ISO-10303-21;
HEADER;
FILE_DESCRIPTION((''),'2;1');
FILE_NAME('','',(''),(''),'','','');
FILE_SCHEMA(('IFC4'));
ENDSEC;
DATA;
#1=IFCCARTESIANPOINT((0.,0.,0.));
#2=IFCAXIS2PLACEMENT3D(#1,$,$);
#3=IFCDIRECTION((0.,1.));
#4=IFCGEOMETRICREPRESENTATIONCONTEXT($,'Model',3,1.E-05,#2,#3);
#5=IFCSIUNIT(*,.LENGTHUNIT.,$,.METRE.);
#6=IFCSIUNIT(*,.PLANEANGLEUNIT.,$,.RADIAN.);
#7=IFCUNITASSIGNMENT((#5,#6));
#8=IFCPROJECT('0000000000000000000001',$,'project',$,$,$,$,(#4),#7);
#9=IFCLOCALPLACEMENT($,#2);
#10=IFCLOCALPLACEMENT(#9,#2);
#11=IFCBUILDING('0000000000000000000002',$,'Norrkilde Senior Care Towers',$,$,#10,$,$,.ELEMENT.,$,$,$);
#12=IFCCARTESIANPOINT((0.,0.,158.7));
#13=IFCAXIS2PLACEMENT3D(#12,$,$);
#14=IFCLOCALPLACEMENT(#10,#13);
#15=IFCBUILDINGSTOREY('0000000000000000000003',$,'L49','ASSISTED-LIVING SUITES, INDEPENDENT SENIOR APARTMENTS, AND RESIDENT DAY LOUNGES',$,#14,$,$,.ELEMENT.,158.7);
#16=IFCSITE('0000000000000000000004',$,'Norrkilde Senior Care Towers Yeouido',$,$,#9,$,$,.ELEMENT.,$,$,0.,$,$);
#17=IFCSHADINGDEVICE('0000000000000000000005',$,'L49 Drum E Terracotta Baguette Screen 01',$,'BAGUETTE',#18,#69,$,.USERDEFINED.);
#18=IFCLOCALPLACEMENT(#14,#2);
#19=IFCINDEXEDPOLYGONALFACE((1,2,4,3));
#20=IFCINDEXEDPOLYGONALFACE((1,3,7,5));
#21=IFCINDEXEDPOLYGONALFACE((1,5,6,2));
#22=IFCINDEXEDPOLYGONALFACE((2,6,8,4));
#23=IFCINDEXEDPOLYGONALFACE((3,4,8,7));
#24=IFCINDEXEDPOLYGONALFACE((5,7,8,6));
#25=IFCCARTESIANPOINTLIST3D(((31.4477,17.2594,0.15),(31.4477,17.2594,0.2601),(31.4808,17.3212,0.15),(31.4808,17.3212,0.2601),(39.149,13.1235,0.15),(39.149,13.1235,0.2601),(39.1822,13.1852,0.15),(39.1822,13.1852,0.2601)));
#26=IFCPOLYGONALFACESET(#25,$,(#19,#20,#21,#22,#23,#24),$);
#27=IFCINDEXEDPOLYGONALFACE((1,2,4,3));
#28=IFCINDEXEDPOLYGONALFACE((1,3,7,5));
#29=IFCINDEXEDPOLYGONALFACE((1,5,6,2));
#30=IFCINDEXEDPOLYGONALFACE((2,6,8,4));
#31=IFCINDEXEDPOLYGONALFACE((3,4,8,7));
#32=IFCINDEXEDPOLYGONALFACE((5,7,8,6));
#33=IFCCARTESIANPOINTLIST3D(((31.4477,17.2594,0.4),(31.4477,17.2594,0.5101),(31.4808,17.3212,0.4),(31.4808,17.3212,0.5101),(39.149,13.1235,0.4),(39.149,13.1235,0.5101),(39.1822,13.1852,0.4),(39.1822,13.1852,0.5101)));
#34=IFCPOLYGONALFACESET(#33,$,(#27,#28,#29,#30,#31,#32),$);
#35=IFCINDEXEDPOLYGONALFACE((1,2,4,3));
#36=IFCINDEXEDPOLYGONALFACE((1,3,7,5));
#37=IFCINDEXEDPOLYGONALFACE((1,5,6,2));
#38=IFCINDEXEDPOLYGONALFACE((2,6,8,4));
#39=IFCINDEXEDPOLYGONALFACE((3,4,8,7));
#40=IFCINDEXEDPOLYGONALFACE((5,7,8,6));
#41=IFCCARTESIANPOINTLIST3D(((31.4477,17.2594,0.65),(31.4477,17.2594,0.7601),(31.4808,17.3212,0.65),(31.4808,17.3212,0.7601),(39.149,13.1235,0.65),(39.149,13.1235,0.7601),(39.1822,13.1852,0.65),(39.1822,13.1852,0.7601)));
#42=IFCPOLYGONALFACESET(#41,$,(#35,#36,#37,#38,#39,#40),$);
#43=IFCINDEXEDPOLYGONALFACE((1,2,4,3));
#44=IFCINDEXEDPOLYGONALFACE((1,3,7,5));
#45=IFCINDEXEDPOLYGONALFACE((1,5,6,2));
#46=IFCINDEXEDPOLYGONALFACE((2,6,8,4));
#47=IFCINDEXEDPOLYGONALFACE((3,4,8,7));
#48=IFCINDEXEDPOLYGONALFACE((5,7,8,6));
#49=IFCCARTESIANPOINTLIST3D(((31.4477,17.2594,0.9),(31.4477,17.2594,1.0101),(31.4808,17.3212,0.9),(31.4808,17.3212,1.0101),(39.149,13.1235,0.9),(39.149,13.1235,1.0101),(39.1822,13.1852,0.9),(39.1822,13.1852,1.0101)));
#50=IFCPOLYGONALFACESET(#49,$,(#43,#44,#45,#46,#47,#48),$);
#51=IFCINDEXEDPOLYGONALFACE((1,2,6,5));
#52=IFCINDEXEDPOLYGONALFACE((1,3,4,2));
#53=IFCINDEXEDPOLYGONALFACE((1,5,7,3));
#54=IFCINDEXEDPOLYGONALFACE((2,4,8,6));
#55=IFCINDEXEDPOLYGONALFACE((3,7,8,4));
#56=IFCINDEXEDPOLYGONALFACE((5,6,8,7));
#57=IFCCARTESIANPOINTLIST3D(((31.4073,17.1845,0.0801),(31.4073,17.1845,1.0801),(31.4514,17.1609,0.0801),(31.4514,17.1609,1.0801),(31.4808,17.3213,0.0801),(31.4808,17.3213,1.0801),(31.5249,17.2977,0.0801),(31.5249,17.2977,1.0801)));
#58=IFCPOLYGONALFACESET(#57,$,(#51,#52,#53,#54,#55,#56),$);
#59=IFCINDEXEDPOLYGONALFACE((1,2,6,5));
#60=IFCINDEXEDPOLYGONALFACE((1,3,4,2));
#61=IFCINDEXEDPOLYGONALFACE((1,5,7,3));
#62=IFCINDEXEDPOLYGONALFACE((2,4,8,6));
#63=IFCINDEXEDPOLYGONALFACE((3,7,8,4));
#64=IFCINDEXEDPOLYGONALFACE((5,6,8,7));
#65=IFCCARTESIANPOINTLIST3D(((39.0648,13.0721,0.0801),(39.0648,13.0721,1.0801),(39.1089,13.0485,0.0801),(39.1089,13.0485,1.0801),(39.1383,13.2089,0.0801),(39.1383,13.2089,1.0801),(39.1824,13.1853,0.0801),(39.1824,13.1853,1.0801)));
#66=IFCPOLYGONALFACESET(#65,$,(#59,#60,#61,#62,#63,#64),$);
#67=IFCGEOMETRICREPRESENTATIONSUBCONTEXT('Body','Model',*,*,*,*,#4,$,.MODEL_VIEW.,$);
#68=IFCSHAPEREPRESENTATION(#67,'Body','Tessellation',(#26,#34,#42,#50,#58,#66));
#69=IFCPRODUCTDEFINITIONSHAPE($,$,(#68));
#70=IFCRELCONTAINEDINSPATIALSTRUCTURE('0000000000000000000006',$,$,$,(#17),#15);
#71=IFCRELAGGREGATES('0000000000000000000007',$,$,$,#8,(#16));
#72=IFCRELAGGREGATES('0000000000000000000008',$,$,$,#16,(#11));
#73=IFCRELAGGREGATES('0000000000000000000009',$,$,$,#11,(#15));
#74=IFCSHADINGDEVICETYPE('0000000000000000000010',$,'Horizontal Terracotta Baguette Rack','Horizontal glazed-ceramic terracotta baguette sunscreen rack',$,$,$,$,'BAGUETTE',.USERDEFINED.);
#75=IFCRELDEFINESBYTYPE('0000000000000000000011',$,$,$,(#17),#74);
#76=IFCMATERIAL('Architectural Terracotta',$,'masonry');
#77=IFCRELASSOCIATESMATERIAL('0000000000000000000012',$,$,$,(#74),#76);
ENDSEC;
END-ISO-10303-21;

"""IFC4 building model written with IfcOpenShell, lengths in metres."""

from ifc_helpers import new_model, si_unit, direction, frame, origin, origin_2d, place, context, subcontext, project, spatial, rectangle, extrude, source, transform, mapped, material, type_object, type_shapes, element, save


model = new_model("IFC4")

# Units and contexts
model_context = context("Model", 3, precision=1e-05, world=origin(), true_north=direction((0.0, 1.0)))
body_context = subcontext(model_context, "Body", "Model", "MODEL_VIEW")
ifc_project = project(units=[si_unit("LENGTHUNIT", "METRE"), si_unit("PLANEANGLEUNIT", "RADIAN")], contexts=[model_context])

# Site, building, storey
site_placement = place(None, origin())
site = spatial("IfcSite", under=ifc_project, at=site_placement, Name="Norrkilde Senior Care Towers Yeouido", CompositionType="ELEMENT", RefElevation=0.0)
building_placement = place(site_placement, origin())
building = spatial("IfcBuilding", under=site, at=building_placement, Name="Norrkilde Senior Care Towers", CompositionType="ELEMENT")
storey_placement = place(building_placement, frame((0.0, 0.0, 158.7)))
storey = spatial("IfcBuildingStorey", under=building, at=storey_placement, Name="L49", Description="ASSISTED-LIVING SUITES, INDEPENDENT SENIOR APARTMENTS, AND RESIDENT DAY LOUNGES", CompositionType="ELEMENT", Elevation=158.7)

# Shading device
ifc_material_1 = material(Name="Architectural Terracotta", Category="masonry")
shading_device_type = type_object("IfcShadingDeviceType", Name="Horizontal Terracotta Baguette Rack", Description="Horizontal glazed-ceramic terracotta baguette sunscreen rack", ElementType="BAGUETTE", PredefinedType="USERDEFINED", material=ifc_material_1)
shared_shape_1 = source(origin(), body_context, "Body", "SweptSolid", [
    extrude(rectangle(XDim=0.0701, YDim=0.1101, at=origin_2d()), frame((0.0, 0.0901, 0.125), z_axis=(1.0, 0.0, 0.0), x_axis=(0.0, 1.0, 0.0)), (0.0, 0.0, 1.0), 8.7417),
    extrude(rectangle(XDim=0.0701, YDim=0.1101, at=origin_2d()), frame((0.0, 0.0901, 0.375), z_axis=(1.0, 0.0, 0.0), x_axis=(0.0, 1.0, 0.0)), (0.0, 0.0, 1.0), 8.7417),
    extrude(rectangle(XDim=0.0701, YDim=0.1101, at=origin_2d()), frame((0.0, 0.0901, 0.625), z_axis=(1.0, 0.0, 0.0), x_axis=(0.0, 1.0, 0.0)), (0.0, 0.0, 1.0), 8.7417),
    extrude(rectangle(XDim=0.0701, YDim=0.1101, at=origin_2d()), frame((0.0, 0.0901, 0.875), z_axis=(1.0, 0.0, 0.0), x_axis=(0.0, 1.0, 0.0)), (0.0, 0.0, 1.0), 8.7417),
    extrude(rectangle(XDim=0.05, YDim=0.1553, at=origin_2d()), frame((0.0249, 0.0476, 0.0)), (0.0, 0.0, 1.0), 1.0),
    extrude(rectangle(XDim=0.05, YDim=0.1553, at=origin_2d()), frame((8.7168, 0.0476, 0.0)), (0.0, 0.0, 1.0), 1.0),
])
type_shapes(shading_device_type, [shared_shape_1])
shading_device_placement = place(storey_placement, frame((31.4216, 17.2109, 0.0801), z_axis=(0.0, 0.0, 1.0), x_axis=(0.880998, -0.473133, 0.0)))
element("IfcShadingDevice", 1, at=shading_device_placement, inside=storey, type_object=shading_device_type, Name="L49 Drum E Terracotta Baguette Screen 01", ObjectType="BAGUETTE", PredefinedType="USERDEFINED", context=body_context, shape_type="MappedRepresentation", body=[
    mapped(shared_shape_1, transform((0.0, 0.0, 0.0), x_axis=(1.0, 0.0, 0.0), y_axis=(0.0, 1.0, 0.0), z_axis=(0.0, 0.0, 1.0), scale=1.0)),
])

save(model, "model.ifc")
